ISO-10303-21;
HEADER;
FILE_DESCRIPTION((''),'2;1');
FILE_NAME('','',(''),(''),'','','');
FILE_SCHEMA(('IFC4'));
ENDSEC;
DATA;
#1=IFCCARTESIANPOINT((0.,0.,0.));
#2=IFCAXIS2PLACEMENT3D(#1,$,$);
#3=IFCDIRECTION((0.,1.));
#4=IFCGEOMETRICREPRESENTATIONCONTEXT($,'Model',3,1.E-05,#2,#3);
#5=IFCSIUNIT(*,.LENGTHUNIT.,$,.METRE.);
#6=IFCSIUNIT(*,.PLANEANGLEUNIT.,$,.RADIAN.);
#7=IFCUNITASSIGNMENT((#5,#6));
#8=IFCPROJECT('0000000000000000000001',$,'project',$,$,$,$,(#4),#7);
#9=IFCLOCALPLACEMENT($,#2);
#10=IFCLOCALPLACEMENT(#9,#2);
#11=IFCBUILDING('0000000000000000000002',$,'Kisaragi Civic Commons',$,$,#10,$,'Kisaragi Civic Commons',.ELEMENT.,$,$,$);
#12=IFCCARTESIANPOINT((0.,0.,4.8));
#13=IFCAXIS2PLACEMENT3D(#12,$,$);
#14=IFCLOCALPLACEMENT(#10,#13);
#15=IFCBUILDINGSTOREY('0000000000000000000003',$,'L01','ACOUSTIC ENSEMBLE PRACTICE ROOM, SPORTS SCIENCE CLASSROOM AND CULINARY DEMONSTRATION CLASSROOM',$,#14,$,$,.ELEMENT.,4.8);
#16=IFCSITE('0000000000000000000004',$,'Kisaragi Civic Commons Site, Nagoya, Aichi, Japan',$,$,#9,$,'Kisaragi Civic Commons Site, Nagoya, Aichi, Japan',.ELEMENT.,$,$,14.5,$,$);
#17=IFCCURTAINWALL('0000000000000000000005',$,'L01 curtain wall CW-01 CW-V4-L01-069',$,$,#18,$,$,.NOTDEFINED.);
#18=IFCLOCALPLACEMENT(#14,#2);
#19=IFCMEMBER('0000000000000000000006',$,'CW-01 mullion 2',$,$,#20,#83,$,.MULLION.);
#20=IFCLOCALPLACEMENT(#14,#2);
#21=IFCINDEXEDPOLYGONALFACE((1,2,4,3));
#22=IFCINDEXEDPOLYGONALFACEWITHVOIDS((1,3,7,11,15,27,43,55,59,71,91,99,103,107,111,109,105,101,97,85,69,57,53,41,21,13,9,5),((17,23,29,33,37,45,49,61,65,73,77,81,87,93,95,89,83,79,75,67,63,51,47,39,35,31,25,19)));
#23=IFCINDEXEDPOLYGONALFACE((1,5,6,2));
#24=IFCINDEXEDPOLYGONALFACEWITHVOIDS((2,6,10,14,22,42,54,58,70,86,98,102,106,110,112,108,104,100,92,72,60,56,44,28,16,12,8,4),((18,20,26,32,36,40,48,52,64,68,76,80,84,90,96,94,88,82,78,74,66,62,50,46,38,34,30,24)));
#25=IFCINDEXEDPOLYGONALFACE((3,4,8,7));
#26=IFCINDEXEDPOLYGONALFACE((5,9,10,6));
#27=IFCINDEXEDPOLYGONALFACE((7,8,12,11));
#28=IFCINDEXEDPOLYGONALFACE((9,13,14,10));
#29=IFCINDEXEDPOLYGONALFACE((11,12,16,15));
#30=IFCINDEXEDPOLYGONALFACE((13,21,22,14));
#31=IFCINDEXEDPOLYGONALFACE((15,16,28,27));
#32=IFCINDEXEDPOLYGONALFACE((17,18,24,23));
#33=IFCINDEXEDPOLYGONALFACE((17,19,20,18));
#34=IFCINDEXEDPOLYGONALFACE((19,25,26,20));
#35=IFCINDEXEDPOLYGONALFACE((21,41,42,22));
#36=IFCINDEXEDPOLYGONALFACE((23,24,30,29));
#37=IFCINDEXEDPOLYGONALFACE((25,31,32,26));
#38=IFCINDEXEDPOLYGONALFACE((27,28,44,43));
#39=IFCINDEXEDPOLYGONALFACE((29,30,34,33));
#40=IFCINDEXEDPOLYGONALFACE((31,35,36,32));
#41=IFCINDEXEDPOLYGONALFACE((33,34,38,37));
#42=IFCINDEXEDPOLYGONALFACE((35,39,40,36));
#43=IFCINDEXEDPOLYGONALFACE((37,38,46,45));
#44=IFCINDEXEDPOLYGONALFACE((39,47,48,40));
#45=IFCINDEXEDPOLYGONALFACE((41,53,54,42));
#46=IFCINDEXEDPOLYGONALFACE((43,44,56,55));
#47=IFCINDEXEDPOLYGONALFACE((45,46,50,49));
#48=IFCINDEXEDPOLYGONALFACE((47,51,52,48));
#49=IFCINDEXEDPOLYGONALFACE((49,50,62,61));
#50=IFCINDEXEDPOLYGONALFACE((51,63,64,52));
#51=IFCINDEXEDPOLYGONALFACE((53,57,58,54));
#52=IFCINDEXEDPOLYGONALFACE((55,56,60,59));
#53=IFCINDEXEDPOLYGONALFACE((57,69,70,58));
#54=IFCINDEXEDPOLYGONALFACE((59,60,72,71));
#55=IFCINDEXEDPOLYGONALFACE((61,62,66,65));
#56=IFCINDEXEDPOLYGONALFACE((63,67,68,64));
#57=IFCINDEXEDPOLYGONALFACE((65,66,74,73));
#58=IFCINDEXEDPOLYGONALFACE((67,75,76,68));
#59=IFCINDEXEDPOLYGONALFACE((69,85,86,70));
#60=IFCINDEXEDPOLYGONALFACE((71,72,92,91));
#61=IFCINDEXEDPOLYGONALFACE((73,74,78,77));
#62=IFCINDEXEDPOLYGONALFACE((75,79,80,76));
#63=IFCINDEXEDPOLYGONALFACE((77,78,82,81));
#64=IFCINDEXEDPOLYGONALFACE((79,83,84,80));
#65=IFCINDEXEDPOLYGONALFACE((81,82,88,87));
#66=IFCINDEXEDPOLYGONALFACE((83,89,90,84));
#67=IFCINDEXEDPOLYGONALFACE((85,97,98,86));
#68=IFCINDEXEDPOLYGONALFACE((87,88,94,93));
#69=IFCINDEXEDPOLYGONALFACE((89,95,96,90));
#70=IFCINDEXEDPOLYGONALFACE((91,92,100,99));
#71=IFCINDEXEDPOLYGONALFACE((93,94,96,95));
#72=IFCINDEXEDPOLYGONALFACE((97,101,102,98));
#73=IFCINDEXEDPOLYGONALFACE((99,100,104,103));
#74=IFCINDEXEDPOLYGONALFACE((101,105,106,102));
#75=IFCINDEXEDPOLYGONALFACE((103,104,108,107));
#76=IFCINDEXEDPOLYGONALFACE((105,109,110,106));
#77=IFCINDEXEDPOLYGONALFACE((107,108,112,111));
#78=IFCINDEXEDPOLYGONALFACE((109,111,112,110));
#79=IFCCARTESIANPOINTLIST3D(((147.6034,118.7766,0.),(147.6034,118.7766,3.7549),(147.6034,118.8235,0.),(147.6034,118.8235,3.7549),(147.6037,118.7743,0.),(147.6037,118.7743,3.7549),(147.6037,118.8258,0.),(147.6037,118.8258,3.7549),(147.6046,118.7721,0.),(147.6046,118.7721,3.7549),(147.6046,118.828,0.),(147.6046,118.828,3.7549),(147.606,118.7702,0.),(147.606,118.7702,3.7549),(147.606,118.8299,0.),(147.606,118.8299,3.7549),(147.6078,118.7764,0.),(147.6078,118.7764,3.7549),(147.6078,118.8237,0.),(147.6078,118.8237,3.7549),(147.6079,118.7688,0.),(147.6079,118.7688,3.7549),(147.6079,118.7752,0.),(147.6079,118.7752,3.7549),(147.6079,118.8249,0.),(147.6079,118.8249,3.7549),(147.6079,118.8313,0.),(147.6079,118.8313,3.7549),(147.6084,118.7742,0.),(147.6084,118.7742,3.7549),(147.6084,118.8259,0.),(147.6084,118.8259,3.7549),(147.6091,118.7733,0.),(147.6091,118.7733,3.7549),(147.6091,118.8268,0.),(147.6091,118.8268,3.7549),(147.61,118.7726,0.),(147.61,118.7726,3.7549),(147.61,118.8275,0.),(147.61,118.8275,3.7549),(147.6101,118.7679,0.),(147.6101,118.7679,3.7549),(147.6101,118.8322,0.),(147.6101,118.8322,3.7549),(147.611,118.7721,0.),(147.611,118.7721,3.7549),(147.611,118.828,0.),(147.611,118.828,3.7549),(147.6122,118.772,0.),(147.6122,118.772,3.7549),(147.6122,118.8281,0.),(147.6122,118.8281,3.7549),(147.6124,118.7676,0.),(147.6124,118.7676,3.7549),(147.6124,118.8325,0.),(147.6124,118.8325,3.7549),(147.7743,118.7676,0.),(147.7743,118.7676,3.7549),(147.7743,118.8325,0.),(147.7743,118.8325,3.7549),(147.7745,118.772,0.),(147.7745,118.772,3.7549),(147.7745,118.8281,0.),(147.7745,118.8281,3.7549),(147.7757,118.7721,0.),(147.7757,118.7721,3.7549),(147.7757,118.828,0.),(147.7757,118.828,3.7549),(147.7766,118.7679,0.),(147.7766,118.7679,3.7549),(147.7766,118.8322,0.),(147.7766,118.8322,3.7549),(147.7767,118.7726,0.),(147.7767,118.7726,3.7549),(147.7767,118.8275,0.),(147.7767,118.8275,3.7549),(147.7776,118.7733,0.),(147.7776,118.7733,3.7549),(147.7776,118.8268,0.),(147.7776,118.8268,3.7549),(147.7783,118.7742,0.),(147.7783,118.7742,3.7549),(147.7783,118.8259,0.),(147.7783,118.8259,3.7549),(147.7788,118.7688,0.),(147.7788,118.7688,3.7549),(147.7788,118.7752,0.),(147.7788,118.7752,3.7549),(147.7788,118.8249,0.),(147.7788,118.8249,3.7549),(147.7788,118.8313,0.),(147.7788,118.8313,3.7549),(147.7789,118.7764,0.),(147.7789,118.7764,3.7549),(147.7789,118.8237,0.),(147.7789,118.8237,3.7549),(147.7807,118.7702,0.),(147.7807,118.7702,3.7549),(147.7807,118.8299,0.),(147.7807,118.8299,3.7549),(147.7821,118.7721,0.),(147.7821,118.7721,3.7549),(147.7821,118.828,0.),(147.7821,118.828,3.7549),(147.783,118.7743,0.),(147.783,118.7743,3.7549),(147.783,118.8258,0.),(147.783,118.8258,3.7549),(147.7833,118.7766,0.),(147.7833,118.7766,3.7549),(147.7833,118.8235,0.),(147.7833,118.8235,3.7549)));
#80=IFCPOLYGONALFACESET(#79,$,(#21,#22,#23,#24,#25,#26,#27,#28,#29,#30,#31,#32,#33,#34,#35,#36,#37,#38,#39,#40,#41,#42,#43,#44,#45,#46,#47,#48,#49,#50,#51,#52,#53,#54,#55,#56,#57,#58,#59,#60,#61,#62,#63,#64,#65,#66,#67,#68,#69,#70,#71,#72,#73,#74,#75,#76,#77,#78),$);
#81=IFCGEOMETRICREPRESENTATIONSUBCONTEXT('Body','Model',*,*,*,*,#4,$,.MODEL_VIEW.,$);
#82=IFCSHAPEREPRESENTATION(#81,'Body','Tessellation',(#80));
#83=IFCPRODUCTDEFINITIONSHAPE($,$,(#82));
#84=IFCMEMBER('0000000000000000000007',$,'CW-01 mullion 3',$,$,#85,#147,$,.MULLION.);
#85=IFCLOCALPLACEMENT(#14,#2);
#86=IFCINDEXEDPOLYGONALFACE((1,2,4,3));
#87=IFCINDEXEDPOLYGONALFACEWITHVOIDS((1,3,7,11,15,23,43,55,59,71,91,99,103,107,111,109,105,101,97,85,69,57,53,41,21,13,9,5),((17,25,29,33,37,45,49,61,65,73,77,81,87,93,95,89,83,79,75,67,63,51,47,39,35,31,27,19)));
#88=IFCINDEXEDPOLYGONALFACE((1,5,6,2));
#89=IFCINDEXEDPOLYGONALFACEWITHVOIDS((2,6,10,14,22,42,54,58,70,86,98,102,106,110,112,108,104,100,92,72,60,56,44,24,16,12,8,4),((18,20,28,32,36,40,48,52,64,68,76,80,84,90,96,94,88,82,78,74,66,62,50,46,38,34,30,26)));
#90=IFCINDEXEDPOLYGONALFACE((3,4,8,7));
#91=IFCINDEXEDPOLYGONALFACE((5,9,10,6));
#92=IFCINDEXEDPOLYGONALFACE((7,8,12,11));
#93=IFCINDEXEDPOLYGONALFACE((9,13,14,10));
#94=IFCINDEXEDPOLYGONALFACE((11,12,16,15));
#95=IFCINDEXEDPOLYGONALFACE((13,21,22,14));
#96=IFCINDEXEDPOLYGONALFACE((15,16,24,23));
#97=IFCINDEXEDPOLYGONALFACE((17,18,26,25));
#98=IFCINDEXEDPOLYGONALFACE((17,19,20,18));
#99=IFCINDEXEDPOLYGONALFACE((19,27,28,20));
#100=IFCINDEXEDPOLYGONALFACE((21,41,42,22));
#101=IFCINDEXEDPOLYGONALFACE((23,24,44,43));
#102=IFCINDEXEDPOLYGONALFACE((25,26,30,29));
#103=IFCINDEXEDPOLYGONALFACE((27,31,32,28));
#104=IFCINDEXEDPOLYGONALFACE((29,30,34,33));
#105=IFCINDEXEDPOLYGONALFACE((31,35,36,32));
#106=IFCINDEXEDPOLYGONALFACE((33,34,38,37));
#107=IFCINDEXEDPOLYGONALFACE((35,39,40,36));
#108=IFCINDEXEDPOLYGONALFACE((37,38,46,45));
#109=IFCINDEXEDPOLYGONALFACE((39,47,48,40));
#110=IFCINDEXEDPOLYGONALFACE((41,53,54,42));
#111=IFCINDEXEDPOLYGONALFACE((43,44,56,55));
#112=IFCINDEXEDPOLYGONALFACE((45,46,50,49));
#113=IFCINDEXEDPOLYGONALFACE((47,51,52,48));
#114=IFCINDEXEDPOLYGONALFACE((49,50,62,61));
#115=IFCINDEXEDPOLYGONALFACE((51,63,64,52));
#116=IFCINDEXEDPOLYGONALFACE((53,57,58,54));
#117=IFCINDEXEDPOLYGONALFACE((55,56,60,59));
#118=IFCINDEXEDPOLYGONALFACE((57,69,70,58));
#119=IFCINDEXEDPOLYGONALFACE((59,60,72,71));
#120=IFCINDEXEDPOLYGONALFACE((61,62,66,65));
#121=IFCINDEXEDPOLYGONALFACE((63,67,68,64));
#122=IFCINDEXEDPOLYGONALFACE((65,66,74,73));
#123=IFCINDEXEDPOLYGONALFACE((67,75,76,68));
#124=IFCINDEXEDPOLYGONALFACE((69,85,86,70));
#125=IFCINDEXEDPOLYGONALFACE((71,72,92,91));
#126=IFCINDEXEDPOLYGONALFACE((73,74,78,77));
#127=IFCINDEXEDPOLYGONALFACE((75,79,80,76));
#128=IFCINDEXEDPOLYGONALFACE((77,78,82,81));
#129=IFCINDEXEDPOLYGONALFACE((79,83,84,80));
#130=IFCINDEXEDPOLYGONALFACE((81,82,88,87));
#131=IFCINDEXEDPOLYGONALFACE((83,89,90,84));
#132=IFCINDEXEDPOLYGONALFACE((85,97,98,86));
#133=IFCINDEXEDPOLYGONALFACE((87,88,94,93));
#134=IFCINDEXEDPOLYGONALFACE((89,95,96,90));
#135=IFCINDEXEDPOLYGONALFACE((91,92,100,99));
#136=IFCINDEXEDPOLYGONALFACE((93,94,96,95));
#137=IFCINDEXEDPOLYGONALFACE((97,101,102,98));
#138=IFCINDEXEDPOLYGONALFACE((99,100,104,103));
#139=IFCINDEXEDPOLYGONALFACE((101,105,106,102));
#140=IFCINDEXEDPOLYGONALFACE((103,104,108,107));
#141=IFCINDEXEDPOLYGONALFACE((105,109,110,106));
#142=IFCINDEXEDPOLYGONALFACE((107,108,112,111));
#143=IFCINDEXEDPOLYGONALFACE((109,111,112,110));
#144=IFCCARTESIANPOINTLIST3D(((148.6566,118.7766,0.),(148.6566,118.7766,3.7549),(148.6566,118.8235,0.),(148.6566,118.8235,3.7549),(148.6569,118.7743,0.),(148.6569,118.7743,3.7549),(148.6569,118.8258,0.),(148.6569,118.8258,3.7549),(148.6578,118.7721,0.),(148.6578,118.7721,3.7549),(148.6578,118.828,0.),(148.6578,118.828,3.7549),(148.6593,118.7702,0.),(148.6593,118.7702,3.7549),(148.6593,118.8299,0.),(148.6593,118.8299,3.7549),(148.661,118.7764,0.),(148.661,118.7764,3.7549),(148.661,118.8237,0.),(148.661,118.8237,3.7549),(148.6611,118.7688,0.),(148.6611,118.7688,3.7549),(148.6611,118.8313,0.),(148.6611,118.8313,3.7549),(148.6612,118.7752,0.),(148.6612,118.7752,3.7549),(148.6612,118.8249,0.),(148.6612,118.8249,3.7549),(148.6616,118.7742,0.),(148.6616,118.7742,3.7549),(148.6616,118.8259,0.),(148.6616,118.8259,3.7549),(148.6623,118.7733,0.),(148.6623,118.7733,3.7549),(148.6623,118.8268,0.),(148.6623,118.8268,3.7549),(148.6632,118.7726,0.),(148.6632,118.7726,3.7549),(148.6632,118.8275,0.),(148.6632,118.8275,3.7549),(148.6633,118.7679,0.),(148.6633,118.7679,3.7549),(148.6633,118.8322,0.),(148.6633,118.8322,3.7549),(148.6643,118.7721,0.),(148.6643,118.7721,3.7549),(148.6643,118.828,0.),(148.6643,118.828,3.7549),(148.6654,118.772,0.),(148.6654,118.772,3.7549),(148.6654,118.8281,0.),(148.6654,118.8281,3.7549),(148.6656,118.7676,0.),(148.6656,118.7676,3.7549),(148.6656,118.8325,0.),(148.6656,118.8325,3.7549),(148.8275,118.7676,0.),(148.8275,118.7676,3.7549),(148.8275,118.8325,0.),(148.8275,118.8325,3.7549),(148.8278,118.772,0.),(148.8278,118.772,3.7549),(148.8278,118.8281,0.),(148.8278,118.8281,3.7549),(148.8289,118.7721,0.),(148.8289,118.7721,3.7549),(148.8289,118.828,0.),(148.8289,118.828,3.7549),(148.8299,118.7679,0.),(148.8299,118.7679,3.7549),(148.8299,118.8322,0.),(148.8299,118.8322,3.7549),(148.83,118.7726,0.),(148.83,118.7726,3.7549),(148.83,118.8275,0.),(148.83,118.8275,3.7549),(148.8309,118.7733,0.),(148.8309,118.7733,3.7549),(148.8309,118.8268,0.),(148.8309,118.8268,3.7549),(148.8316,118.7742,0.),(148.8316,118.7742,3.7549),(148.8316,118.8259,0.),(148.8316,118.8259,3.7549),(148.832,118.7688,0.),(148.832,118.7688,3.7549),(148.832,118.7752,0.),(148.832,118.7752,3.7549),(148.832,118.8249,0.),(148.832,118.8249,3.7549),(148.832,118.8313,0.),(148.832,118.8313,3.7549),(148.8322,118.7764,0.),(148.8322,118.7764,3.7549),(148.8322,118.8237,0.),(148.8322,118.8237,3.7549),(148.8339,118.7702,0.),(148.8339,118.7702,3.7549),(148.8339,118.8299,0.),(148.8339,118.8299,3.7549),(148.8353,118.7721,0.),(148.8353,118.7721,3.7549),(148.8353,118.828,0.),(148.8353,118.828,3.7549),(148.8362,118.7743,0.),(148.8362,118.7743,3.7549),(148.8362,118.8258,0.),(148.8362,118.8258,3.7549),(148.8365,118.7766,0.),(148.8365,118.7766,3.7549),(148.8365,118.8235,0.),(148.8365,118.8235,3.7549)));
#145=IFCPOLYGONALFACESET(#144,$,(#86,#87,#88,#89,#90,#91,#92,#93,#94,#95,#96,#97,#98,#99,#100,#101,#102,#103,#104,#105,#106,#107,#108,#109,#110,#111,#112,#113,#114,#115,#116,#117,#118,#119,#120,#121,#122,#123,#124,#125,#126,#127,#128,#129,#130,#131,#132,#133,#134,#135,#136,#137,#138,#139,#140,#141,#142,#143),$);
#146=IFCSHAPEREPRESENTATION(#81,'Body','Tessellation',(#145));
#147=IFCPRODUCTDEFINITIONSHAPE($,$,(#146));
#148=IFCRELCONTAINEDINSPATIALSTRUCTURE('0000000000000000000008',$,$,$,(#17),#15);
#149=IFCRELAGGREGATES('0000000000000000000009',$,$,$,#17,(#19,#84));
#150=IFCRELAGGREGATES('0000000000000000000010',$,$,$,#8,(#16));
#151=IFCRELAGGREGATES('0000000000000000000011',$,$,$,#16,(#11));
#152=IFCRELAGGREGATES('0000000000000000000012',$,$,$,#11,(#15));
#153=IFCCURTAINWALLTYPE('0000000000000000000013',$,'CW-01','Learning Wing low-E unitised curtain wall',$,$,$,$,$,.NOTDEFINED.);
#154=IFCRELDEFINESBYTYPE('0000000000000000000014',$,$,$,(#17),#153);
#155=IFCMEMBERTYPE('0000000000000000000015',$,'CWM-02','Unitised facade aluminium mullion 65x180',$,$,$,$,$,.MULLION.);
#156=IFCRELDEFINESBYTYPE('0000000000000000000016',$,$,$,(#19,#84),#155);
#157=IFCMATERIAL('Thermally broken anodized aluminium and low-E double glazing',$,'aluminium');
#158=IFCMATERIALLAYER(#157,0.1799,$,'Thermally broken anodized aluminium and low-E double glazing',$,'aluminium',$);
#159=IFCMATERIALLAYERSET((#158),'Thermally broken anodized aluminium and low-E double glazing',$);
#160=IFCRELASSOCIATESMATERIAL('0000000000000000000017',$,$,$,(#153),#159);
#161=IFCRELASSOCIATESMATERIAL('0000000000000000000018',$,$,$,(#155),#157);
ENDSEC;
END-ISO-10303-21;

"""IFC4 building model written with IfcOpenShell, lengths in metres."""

from ifc_helpers import new_model, si_unit, direction, frame, origin, origin_2d, place, context, subcontext, project, spatial, hollow_rectangle, extrude, material, layer, layer_set, material_profile, profile_set, type_object, element, aggregate, save


model = new_model("IFC4")

# Units and contexts
model_context = context("Model", 3, precision=1e-05, world=origin(), true_north=direction((0.0, 1.0)))
body_context = subcontext(model_context, "Body", "Model", "MODEL_VIEW")
ifc_project = project(units=[si_unit("LENGTHUNIT", "METRE"), si_unit("PLANEANGLEUNIT", "RADIAN")], contexts=[model_context])

# Site, building, storey
site_placement = place(None, origin())
site = spatial("IfcSite", under=ifc_project, at=site_placement, Name="Kisaragi Civic Commons Site, Nagoya, Aichi, Japan", LongName="Kisaragi Civic Commons Site, Nagoya, Aichi, Japan", CompositionType="ELEMENT", RefElevation=14.5)
building_placement = place(site_placement, origin())
building = spatial("IfcBuilding", under=site, at=building_placement, Name="Kisaragi Civic Commons", LongName="Kisaragi Civic Commons", CompositionType="ELEMENT")
storey_placement = place(building_placement, frame((0.0, 0.0, 4.8)))
storey = spatial("IfcBuildingStorey", under=building, at=storey_placement, Name="L01", Description="ACOUSTIC ENSEMBLE PRACTICE ROOM, SPORTS SCIENCE CLASSROOM AND CULINARY DEMONSTRATION CLASSROOM", CompositionType="ELEMENT", Elevation=4.8)

# Curtain wall, members
ifc_material_1 = material(Name="Thermally broken anodized aluminium and low-E double glazing", Category="aluminium")
ifc_layer_1 = layer(ifc_material_1, 0.1799, Name="Thermally broken anodized aluminium and low-E double glazing", Category="aluminium")
ifc_layer_set_1 = layer_set([ifc_layer_1], Name="Thermally broken anodized aluminium and low-E double glazing")
curtain_wall_type = type_object("IfcCurtainWallType", Name="CW-01", Description="Learning Wing low-E unitised curtain wall", PredefinedType="NOTDEFINED", material=ifc_layer_set_1)
curtain_wall_placement = place(storey_placement, origin())
curtain_wall = element("IfcCurtainWall", 1, at=curtain_wall_placement, inside=storey, type_object=curtain_wall_type, Name="L01 curtain wall CW-01 CW-V4-L01-069", PredefinedType="NOTDEFINED")
ifc_material_profile_1 = material_profile(ifc_material_1, hollow_rectangle(XDim=0.0649, YDim=0.1799, WallThickness=0.0044, InnerFilletRadius=0.0044, OuterFilletRadius=0.009, at=origin_2d()), Name="CWM-65x180x4.5", Category="aluminium")
ifc_profile_set_1 = profile_set([ifc_material_profile_1], Name="Thermally broken anodized aluminium and low-E double glazing")
member_type_1 = type_object("IfcMemberType", Name="CWM-02", Description="Unitised facade aluminium mullion 65x180", PredefinedType="MULLION", material=ifc_profile_set_1)
member_1_placement = place(storey_placement, frame((147.6934, 118.8, 0.0), z_axis=(0.0, 0.0, 1.0), x_axis=(0.0, 1.0, 0.0)))
member_1 = element("IfcMember", 2, at=member_1_placement, type_object=member_type_1, Name="CW-01 mullion 2", PredefinedType="MULLION", context=body_context, shape_type="SweptSolid", body=[
    extrude(hollow_rectangle(XDim=0.0649, YDim=0.1799, WallThickness=0.0044, InnerFilletRadius=0.0044, OuterFilletRadius=0.009, at=origin_2d()), origin(), (0.0, 0.0, 1.0), 3.7549),
])
member_2_placement = place(storey_placement, frame((148.7466, 118.8, 0.0), z_axis=(0.0, 0.0, 1.0), x_axis=(0.0, 1.0, 0.0)))
member_2 = element("IfcMember", 3, at=member_2_placement, type_object=member_type_1, Name="CW-01 mullion 3", PredefinedType="MULLION", context=body_context, shape_type="SweptSolid", body=[
    extrude(hollow_rectangle(XDim=0.0649, YDim=0.1799, WallThickness=0.0044, InnerFilletRadius=0.0044, OuterFilletRadius=0.009, at=origin_2d()), origin(), (0.0, 0.0, 1.0), 3.7549),
])

aggregate(curtain_wall, [member_1, member_2])

save(model, "model.ifc")
